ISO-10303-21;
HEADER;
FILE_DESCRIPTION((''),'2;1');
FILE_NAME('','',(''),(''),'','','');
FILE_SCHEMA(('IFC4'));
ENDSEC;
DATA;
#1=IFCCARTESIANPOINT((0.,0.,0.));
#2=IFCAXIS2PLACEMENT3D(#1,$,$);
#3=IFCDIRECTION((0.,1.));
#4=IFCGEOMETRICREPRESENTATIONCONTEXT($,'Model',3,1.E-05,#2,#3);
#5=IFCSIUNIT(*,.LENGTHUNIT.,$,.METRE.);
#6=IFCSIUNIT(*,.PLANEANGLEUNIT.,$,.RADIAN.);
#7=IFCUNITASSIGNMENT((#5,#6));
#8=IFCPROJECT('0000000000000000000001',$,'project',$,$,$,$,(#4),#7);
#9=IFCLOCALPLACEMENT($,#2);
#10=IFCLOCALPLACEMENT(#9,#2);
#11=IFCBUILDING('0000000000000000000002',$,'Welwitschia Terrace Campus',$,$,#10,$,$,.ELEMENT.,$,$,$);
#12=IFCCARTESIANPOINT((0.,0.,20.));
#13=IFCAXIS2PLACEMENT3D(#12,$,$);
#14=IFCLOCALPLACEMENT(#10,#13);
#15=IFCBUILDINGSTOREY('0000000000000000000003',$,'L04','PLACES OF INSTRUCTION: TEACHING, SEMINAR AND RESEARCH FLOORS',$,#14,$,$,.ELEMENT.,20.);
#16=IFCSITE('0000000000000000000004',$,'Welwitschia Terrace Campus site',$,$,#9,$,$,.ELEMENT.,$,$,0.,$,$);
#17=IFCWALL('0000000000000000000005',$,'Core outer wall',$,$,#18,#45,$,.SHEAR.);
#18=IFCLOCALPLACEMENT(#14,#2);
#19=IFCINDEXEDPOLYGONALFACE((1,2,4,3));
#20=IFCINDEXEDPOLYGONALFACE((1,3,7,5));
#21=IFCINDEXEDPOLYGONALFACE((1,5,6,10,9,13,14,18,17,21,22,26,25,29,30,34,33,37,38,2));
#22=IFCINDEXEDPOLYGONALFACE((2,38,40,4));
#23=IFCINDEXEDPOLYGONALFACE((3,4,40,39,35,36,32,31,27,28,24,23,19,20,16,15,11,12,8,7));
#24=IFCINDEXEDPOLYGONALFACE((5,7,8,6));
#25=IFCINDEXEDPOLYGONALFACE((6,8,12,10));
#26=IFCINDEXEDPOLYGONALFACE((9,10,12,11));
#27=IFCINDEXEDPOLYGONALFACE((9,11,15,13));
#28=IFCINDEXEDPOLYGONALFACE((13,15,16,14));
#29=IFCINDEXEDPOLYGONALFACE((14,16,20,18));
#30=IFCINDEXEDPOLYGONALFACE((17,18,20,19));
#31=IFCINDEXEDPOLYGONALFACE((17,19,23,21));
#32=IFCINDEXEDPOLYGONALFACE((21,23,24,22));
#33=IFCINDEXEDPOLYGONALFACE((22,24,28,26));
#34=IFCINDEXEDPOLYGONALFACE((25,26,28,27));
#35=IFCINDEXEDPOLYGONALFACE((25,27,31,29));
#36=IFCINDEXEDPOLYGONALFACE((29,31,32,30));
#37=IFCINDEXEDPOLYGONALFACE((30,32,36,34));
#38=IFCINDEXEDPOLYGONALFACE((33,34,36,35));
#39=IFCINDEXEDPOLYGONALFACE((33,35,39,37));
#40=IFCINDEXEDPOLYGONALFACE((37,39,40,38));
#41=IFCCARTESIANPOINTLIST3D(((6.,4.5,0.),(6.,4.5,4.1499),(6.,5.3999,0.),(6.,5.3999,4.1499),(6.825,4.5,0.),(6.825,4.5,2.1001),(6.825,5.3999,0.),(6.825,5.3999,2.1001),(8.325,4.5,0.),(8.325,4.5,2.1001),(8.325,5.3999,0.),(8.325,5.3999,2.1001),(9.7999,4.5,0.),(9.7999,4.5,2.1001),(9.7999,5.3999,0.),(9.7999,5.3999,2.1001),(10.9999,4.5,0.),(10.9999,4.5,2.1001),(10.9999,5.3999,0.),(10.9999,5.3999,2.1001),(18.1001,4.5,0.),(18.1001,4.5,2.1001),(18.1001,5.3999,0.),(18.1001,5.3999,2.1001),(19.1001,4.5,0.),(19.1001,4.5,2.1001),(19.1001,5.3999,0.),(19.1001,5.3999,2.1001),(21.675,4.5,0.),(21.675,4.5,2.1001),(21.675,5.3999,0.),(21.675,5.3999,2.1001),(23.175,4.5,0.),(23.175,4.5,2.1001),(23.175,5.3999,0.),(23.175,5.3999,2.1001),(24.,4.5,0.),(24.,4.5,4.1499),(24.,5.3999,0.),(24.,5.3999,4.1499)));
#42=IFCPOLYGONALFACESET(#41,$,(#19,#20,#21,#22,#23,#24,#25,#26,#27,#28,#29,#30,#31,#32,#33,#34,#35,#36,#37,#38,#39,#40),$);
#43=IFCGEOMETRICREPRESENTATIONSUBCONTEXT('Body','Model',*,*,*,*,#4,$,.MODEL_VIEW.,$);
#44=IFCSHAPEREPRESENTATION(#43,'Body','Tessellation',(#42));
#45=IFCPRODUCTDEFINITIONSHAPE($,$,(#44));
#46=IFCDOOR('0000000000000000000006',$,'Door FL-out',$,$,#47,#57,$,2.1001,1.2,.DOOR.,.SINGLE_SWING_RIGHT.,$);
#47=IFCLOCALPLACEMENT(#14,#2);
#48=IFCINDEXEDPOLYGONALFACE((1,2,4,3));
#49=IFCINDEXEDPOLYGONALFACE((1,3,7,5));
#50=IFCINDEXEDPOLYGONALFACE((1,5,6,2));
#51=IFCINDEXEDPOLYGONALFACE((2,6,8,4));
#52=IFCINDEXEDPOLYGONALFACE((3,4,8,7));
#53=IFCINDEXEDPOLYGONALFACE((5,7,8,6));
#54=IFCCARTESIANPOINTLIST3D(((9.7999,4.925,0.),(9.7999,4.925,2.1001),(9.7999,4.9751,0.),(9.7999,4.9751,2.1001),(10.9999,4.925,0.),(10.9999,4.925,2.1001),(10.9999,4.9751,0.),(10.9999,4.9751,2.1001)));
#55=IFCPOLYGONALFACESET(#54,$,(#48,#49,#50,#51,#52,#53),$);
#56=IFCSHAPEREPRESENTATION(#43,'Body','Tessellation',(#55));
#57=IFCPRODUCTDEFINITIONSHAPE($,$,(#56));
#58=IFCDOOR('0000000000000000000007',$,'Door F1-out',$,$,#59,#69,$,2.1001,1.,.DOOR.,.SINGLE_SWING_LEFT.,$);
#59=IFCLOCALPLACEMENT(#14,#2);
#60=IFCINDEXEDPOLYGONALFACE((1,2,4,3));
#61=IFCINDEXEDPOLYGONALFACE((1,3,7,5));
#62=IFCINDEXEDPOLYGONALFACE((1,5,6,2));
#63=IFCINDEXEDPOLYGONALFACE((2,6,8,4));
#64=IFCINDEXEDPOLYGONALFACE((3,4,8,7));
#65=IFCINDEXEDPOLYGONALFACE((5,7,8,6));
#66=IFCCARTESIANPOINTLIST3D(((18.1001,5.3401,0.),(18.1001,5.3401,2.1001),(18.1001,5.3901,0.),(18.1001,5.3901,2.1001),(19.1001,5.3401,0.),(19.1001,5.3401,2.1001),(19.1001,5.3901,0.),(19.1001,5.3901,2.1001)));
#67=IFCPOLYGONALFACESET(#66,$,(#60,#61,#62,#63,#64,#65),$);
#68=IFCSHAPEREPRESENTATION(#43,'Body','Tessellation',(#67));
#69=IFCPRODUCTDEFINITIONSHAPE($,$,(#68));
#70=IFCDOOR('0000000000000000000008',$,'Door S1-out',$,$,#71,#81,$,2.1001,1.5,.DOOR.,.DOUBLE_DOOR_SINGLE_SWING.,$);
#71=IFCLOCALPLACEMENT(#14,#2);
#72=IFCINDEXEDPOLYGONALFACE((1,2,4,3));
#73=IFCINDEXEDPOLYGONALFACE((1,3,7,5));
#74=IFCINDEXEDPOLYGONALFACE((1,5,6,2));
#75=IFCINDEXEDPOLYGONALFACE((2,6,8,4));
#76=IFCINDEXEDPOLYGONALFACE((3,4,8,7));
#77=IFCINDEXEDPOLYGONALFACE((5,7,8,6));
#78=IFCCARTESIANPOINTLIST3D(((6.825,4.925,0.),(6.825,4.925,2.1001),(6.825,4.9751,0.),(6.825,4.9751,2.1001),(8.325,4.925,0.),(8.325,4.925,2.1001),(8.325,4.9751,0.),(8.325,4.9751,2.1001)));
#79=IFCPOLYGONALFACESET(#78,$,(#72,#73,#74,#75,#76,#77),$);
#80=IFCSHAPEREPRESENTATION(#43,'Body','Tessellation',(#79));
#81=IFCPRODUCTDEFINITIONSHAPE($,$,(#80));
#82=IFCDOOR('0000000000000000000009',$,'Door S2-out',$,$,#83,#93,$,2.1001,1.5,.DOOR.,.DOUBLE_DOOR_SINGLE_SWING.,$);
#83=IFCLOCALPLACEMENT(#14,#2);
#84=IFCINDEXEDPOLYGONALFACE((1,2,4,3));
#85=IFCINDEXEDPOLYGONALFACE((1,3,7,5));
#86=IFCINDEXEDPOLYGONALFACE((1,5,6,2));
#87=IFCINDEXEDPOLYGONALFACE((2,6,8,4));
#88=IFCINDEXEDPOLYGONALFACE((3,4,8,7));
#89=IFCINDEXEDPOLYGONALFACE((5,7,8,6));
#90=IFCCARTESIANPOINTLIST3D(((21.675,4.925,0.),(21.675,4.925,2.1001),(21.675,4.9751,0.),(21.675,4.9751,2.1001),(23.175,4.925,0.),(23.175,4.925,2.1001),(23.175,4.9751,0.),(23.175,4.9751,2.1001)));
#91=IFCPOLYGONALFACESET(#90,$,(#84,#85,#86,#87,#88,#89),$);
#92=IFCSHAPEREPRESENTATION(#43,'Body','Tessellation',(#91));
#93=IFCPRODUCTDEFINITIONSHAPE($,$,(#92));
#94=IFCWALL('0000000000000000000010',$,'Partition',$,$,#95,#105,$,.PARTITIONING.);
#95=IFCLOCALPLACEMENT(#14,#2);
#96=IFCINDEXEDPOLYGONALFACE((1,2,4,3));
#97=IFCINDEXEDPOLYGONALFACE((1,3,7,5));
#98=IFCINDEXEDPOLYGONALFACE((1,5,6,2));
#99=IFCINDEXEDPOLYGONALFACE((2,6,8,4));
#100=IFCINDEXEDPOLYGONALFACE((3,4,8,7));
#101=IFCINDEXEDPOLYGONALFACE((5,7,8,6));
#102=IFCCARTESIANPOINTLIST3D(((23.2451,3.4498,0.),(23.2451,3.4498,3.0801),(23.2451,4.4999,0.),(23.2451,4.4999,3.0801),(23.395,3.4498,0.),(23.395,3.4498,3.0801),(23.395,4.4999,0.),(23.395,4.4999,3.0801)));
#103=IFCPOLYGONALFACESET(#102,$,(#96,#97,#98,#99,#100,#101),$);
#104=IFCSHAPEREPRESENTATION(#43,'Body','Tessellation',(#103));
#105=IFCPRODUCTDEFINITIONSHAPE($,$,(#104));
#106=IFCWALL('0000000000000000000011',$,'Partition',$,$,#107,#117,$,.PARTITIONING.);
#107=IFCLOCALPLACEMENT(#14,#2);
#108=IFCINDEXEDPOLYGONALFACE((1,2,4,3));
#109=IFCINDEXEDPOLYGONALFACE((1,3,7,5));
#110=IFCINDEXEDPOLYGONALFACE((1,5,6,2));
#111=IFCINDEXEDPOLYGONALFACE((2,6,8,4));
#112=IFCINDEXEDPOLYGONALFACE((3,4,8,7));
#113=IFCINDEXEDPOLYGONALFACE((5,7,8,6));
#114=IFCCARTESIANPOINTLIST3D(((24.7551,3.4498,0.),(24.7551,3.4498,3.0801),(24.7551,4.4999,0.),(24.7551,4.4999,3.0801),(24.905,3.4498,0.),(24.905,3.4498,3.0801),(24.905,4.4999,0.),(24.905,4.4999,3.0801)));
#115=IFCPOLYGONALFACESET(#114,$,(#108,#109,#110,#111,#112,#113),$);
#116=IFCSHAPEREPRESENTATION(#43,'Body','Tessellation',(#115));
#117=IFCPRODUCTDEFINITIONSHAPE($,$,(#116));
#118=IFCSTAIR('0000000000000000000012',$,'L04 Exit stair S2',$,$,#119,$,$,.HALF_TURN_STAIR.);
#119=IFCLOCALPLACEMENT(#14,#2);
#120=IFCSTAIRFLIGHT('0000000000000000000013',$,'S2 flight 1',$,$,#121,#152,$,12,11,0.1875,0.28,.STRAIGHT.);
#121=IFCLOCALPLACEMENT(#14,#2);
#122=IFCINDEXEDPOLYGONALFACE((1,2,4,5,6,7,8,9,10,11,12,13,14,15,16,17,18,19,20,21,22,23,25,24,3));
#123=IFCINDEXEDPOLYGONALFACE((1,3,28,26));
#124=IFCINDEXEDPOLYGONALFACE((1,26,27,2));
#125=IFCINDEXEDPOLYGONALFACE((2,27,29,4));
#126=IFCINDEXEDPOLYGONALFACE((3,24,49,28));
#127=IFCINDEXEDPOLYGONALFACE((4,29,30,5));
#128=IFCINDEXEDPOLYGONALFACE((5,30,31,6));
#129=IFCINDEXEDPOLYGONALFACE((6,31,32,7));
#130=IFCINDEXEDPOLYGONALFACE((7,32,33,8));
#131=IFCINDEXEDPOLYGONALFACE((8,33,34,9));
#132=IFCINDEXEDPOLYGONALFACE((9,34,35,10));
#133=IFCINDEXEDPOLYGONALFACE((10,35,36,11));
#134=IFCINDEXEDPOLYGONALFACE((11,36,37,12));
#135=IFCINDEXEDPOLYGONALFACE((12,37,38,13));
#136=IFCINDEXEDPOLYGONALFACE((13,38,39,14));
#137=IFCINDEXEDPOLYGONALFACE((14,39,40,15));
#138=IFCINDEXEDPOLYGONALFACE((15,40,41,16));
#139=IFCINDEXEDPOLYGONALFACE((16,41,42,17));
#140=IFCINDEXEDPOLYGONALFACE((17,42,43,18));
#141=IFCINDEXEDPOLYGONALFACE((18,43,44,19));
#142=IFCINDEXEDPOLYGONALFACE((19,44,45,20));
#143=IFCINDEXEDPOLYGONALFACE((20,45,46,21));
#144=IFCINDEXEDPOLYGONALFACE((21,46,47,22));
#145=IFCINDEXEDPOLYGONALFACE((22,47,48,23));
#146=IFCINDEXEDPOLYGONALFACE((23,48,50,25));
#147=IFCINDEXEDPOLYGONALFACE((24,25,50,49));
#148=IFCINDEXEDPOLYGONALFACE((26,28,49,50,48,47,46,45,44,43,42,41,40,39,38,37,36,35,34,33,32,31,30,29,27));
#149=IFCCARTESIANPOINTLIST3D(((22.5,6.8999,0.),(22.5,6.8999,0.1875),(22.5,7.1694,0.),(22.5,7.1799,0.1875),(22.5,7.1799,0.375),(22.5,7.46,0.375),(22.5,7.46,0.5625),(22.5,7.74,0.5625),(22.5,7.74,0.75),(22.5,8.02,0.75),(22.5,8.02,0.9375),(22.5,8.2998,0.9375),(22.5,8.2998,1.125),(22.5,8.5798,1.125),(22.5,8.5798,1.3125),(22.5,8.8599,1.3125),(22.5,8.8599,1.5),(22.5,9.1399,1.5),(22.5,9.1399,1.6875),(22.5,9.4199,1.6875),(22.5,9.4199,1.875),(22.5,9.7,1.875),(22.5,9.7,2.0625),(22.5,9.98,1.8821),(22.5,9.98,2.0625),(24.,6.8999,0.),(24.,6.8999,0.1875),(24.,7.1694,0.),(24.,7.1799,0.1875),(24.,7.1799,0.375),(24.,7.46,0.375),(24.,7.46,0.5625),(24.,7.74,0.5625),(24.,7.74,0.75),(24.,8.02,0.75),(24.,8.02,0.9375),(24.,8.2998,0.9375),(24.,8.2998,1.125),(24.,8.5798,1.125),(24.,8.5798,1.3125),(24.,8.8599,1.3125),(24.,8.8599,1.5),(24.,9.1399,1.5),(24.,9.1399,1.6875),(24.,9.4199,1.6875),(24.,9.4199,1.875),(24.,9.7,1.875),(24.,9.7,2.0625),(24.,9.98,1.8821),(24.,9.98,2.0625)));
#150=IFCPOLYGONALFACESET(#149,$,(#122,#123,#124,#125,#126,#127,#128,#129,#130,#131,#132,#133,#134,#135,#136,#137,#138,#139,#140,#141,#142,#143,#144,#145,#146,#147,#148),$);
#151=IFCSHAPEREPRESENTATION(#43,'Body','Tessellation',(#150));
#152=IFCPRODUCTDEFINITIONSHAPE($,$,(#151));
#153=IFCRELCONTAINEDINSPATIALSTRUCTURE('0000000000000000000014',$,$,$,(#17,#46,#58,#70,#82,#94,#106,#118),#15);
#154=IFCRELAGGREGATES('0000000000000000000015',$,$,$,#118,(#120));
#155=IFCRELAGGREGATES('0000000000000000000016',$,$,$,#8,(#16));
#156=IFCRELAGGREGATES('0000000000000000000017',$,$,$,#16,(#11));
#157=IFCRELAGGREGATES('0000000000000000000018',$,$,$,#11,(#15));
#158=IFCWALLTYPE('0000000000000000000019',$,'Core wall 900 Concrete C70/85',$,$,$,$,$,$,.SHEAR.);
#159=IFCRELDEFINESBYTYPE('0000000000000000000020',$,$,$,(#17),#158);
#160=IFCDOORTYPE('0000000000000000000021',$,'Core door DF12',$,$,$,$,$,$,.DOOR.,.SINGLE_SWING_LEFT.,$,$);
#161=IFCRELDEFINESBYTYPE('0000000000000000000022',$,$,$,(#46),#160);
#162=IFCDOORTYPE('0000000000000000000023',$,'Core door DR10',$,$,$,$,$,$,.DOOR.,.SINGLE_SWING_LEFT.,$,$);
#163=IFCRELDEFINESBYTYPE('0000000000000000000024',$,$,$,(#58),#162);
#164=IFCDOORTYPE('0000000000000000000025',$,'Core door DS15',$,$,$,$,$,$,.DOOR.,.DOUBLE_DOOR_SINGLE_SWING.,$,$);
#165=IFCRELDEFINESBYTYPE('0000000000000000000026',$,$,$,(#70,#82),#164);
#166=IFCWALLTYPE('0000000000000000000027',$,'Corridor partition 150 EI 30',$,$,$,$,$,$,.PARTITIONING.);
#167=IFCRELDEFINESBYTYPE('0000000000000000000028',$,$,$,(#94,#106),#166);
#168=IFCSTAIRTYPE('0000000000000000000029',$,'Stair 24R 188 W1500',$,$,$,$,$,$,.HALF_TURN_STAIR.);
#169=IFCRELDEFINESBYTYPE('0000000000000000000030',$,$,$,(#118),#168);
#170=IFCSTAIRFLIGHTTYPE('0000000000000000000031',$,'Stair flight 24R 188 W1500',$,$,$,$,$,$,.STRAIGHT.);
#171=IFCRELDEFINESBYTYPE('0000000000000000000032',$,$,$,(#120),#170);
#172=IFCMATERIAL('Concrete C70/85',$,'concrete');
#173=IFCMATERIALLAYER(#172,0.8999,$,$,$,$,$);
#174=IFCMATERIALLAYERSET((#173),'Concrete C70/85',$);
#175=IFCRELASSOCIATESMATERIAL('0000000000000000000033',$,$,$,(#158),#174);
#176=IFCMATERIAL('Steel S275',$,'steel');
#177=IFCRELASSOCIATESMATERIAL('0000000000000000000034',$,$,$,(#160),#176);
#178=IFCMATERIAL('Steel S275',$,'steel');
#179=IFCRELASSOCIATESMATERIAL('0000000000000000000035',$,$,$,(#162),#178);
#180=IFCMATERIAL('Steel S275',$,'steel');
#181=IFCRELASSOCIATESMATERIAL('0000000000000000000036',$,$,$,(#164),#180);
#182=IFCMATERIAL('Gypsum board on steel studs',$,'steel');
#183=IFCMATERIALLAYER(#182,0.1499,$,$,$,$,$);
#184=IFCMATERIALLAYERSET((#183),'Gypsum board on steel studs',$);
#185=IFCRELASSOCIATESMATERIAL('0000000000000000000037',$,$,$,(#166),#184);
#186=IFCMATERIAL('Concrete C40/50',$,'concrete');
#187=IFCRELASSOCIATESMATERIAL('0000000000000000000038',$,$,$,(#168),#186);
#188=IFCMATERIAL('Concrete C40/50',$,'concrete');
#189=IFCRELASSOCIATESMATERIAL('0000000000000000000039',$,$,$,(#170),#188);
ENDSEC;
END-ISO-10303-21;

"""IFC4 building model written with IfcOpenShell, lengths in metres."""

from ifc_helpers import new_model, si_unit, direction, frame, frame_2d, origin, place, context, subcontext, project, spatial, polyline, rectangle, outline, extrude, material, layer, layer_set, type_object, element, fill, aggregate, save


model = new_model("IFC4")

# Units and contexts
model_context = context("Model", 3, precision=1e-05, world=origin(), true_north=direction((0.0, 1.0)))
body_context = subcontext(model_context, "Body", "Model", "MODEL_VIEW")
ifc_project = project(units=[si_unit("LENGTHUNIT", "METRE"), si_unit("PLANEANGLEUNIT", "RADIAN")], contexts=[model_context])

# Site, building, storey
site_placement = place(None, origin())
site = spatial("IfcSite", under=ifc_project, at=site_placement, Name="Welwitschia Terrace Campus site", CompositionType="ELEMENT", RefElevation=0.0)
building_placement = place(site_placement, origin())
building = spatial("IfcBuilding", under=site, at=building_placement, Name="Welwitschia Terrace Campus", CompositionType="ELEMENT")
storey_placement = place(building_placement, frame((0.0, 0.0, 20.0)))
storey = spatial("IfcBuildingStorey", under=building, at=storey_placement, Name="L04", Description="PLACES OF INSTRUCTION: TEACHING, SEMINAR AND RESEARCH FLOORS", CompositionType="ELEMENT", Elevation=20.0)

# Wall, openings, doors
ifc_material_1 = material(Name="Concrete C70/85", Category="concrete")
ifc_layer_1 = layer(ifc_material_1, 0.8999)
ifc_layer_set_1 = layer_set([ifc_layer_1], Name="Concrete C70/85")
wall_type_1 = type_object("IfcWallType", Name="Core wall 900 Concrete C70/85", PredefinedType="SHEAR", material=ifc_layer_set_1)
wall_1_placement = place(storey_placement, frame((24.0, 4.95, 0.0), z_axis=(0.0, 0.0, 1.0), x_axis=(-1.0, 0.0, 0.0)))
wall_1 = element("IfcWall", 1, at=wall_1_placement, inside=storey, type_object=wall_type_1, Name="Core outer wall", PredefinedType="SHEAR", context=body_context, shape_type="SweptSolid", body=[
    extrude(rectangle(XDim=18.0, YDim=0.8999, at=frame_2d((9.0, 0.0))), origin(), (0.0, 0.0, 1.0), 4.1499),
])
opening_1_placement = place(wall_1_placement, frame((15.675, 0.0, 0.0)))
opening_1 = element("IfcOpeningElement", 2, at=opening_1_placement, cuts=wall_1, PredefinedType="OPENING", context=body_context, shape_type="SweptSolid", body=[
    extrude(rectangle(XDim=1.5, YDim=2.1001, at=frame_2d((0.75, 1.05))), frame((0.0, 0.46, 0.0), z_axis=(0.0, -1.0, 0.0), x_axis=(1.0, 0.0, 0.0)), (0.0, 0.0, 1.0), 0.9199),
])
opening_2_placement = place(wall_1_placement, frame((0.825, 0.0, 0.0)))
opening_2 = element("IfcOpeningElement", 3, at=opening_2_placement, cuts=wall_1, PredefinedType="OPENING", context=body_context, shape_type="SweptSolid", body=[
    extrude(rectangle(XDim=1.5, YDim=2.1001, at=frame_2d((0.75, 1.05))), frame((0.0, 0.46, 0.0), z_axis=(0.0, -1.0, 0.0), x_axis=(1.0, 0.0, 0.0)), (0.0, 0.0, 1.0), 0.9199),
])
opening_3_placement = place(wall_1_placement, frame((13.0, 0.0, 0.0)))
opening_3 = element("IfcOpeningElement", 4, at=opening_3_placement, cuts=wall_1, PredefinedType="OPENING", context=body_context, shape_type="SweptSolid", body=[
    extrude(rectangle(XDim=1.2, YDim=2.1001, at=frame_2d((0.6001, 1.05))), frame((0.0, 0.46, 0.0), z_axis=(0.0, -1.0, 0.0), x_axis=(1.0, 0.0, 0.0)), (0.0, 0.0, 1.0), 0.9199),
])
opening_4_placement = place(wall_1_placement, frame((4.8999, 0.0, 0.0)))
opening_4 = element("IfcOpeningElement", 5, at=opening_4_placement, cuts=wall_1, PredefinedType="OPENING", context=body_context, shape_type="SweptSolid", body=[
    extrude(rectangle(XDim=1.0, YDim=2.1001, at=frame_2d((0.5, 1.05))), frame((0.0, 0.46, 0.0), z_axis=(0.0, -1.0, 0.0), x_axis=(1.0, 0.0, 0.0)), (0.0, 0.0, 1.0), 0.9199),
])
ifc_material_2 = material(Name="Steel S275", Category="steel")
door_type_1 = type_object("IfcDoorType", Name="Core door DF12", OperationType="SINGLE_SWING_LEFT", PredefinedType="DOOR", material=ifc_material_2)
door_1_placement = place(opening_3_placement, origin())
door_1 = element("IfcDoor", 6, at=door_1_placement, inside=storey, type_object=door_type_1, Name="Door FL-out", OperationType="SINGLE_SWING_RIGHT", OverallHeight=2.1001, OverallWidth=1.2, PredefinedType="DOOR", context=body_context, shape_type="SweptSolid", body=[
    extrude(rectangle(XDim=1.2, YDim=2.1001, at=frame_2d((0.6001, 1.05))), frame((0.0, 0.0249, 0.0), z_axis=(0.0, -1.0, 0.0), x_axis=(1.0, 0.0, 0.0)), (0.0, 0.0, 1.0), 0.05),
])
fill(opening_3, door_1)
ifc_material_3 = material(Name="Steel S275", Category="steel")
door_type_2 = type_object("IfcDoorType", Name="Core door DR10", OperationType="SINGLE_SWING_LEFT", PredefinedType="DOOR", material=ifc_material_3)
door_2_placement = place(opening_4_placement, origin())
door_2 = element("IfcDoor", 7, at=door_2_placement, inside=storey, type_object=door_type_2, Name="Door F1-out", OperationType="SINGLE_SWING_LEFT", OverallHeight=2.1001, OverallWidth=1.0, PredefinedType="DOOR", context=body_context, shape_type="SweptSolid", body=[
    extrude(rectangle(XDim=1.0, YDim=2.1001, at=frame_2d((0.5, 1.05))), frame((0.0, -0.3901, 0.0), z_axis=(0.0, -1.0, 0.0), x_axis=(1.0, 0.0, 0.0)), (0.0, 0.0, 1.0), 0.05),
])
fill(opening_4, door_2)
ifc_material_4 = material(Name="Steel S275", Category="steel")
door_type_3 = type_object("IfcDoorType", Name="Core door DS15", OperationType="DOUBLE_DOOR_SINGLE_SWING", PredefinedType="DOOR", material=ifc_material_4)
door_3_placement = place(opening_1_placement, origin())
door_3 = element("IfcDoor", 8, at=door_3_placement, inside=storey, type_object=door_type_3, Name="Door S1-out", OperationType="DOUBLE_DOOR_SINGLE_SWING", OverallHeight=2.1001, OverallWidth=1.5, PredefinedType="DOOR", context=body_context, shape_type="SweptSolid", body=[
    extrude(rectangle(XDim=1.5, YDim=2.1001, at=frame_2d((0.75, 1.05))), frame((0.0, 0.0249, 0.0), z_axis=(0.0, -1.0, 0.0), x_axis=(1.0, 0.0, 0.0)), (0.0, 0.0, 1.0), 0.05),
])
fill(opening_1, door_3)
door_4_placement = place(opening_2_placement, origin())
door_4 = element("IfcDoor", 9, at=door_4_placement, inside=storey, type_object=door_type_3, Name="Door S2-out", OperationType="DOUBLE_DOOR_SINGLE_SWING", OverallHeight=2.1001, OverallWidth=1.5, PredefinedType="DOOR", context=body_context, shape_type="SweptSolid", body=[
    extrude(rectangle(XDim=1.5, YDim=2.1001, at=frame_2d((0.75, 1.05))), frame((0.0, 0.0249, 0.0), z_axis=(0.0, -1.0, 0.0), x_axis=(1.0, 0.0, 0.0)), (0.0, 0.0, 1.0), 0.05),
])
fill(opening_2, door_4)

# Walls
ifc_material_5 = material(Name="Gypsum board on steel studs", Category="steel")
ifc_layer_2 = layer(ifc_material_5, 0.1499)
ifc_layer_set_2 = layer_set([ifc_layer_2], Name="Gypsum board on steel studs")
wall_type_2 = type_object("IfcWallType", Name="Corridor partition 150 EI 30", PredefinedType="PARTITIONING", material=ifc_layer_set_2)
for number, where, z_axis, x_axis, name in (
    (10, (23.3201, 3.45, 0.0), (0.0, 0.0, 1.0), (0.0, 1.0, 0.0), "Partition"),
    (11, (24.8301, 3.45, 0.0), (0.0, 0.0, 1.0), (0.0, 1.0, 0.0), "Partition"),
):
    element("IfcWall", number, at=place(storey_placement, frame(where, z_axis=z_axis, x_axis=x_axis)), inside=storey, type_object=wall_type_2, Name=name, PredefinedType="PARTITIONING", context=body_context, shape_type="SweptSolid", body=[
        extrude(rectangle(XDim=1.05, YDim=0.1499, at=frame_2d((0.5249, 0.0))), origin(), (0.0, 0.0, 1.0), 3.0801),
    ])

# Stair, stair flight
ifc_material_6 = material(Name="Concrete C40/50", Category="concrete")
stair_type = type_object("IfcStairType", Name="Stair 24R 188 W1500", PredefinedType="HALF_TURN_STAIR", material=ifc_material_6)
stair_placement = place(storey_placement, origin())
stair = element("IfcStair", 12, at=stair_placement, inside=storey, type_object=stair_type, Name="L04 Exit stair S2", PredefinedType="HALF_TURN_STAIR")
ifc_material_7 = material(Name="Concrete C40/50", Category="concrete")
stair_flight_type = type_object("IfcStairFlightType", Name="Stair flight 24R 188 W1500", PredefinedType="STRAIGHT", material=ifc_material_7)
stair_flight_1_placement = place(storey_placement, frame((23.25, 6.8999, 0.0), z_axis=(0.0, 0.0, 1.0), x_axis=(0.0, 1.0, 0.0)))
stair_flight_1 = element("IfcStairFlight", 13, at=stair_flight_1_placement, type_object=stair_flight_type, Name="S2 flight 1", NumberOfRisers=12, NumberOfTreads=11, PredefinedType="STRAIGHT", RiserHeight=0.1875, TreadLength=0.28, context=body_context, shape_type="SweptSolid", body=[
    extrude(outline(polyline([(0.0, 0.0), (0.0, 0.1875), (0.28, 0.1875), (0.28, 0.375), (0.5601, 0.375), (0.5601, 0.5625), (0.8401, 0.5625), (0.8401, 0.75), (1.1201, 0.75), (1.1201, 0.9375), (1.3999, 0.9375), (1.3999, 1.125), (1.6799, 1.125), (1.6799, 1.3125), (1.96, 1.3125), (1.96, 1.5), (2.24, 1.5), (2.24, 1.6875), (2.52, 1.6875), (2.52, 1.875), (2.8, 1.875), (2.8, 2.0625), (3.0801, 2.0625), (3.0801, 2.25), (3.0801, 1.8821), (0.2695, 0.0), (0.0, 0.0)])), frame((0.0, 0.75, 0.0), z_axis=(0.0, -1.0, 0.0), x_axis=(1.0, 0.0, 0.0)), (0.0, 0.0, 1.0), 1.5),
])
aggregate(stair, [stair_flight_1])

save(model, "model.ifc")
